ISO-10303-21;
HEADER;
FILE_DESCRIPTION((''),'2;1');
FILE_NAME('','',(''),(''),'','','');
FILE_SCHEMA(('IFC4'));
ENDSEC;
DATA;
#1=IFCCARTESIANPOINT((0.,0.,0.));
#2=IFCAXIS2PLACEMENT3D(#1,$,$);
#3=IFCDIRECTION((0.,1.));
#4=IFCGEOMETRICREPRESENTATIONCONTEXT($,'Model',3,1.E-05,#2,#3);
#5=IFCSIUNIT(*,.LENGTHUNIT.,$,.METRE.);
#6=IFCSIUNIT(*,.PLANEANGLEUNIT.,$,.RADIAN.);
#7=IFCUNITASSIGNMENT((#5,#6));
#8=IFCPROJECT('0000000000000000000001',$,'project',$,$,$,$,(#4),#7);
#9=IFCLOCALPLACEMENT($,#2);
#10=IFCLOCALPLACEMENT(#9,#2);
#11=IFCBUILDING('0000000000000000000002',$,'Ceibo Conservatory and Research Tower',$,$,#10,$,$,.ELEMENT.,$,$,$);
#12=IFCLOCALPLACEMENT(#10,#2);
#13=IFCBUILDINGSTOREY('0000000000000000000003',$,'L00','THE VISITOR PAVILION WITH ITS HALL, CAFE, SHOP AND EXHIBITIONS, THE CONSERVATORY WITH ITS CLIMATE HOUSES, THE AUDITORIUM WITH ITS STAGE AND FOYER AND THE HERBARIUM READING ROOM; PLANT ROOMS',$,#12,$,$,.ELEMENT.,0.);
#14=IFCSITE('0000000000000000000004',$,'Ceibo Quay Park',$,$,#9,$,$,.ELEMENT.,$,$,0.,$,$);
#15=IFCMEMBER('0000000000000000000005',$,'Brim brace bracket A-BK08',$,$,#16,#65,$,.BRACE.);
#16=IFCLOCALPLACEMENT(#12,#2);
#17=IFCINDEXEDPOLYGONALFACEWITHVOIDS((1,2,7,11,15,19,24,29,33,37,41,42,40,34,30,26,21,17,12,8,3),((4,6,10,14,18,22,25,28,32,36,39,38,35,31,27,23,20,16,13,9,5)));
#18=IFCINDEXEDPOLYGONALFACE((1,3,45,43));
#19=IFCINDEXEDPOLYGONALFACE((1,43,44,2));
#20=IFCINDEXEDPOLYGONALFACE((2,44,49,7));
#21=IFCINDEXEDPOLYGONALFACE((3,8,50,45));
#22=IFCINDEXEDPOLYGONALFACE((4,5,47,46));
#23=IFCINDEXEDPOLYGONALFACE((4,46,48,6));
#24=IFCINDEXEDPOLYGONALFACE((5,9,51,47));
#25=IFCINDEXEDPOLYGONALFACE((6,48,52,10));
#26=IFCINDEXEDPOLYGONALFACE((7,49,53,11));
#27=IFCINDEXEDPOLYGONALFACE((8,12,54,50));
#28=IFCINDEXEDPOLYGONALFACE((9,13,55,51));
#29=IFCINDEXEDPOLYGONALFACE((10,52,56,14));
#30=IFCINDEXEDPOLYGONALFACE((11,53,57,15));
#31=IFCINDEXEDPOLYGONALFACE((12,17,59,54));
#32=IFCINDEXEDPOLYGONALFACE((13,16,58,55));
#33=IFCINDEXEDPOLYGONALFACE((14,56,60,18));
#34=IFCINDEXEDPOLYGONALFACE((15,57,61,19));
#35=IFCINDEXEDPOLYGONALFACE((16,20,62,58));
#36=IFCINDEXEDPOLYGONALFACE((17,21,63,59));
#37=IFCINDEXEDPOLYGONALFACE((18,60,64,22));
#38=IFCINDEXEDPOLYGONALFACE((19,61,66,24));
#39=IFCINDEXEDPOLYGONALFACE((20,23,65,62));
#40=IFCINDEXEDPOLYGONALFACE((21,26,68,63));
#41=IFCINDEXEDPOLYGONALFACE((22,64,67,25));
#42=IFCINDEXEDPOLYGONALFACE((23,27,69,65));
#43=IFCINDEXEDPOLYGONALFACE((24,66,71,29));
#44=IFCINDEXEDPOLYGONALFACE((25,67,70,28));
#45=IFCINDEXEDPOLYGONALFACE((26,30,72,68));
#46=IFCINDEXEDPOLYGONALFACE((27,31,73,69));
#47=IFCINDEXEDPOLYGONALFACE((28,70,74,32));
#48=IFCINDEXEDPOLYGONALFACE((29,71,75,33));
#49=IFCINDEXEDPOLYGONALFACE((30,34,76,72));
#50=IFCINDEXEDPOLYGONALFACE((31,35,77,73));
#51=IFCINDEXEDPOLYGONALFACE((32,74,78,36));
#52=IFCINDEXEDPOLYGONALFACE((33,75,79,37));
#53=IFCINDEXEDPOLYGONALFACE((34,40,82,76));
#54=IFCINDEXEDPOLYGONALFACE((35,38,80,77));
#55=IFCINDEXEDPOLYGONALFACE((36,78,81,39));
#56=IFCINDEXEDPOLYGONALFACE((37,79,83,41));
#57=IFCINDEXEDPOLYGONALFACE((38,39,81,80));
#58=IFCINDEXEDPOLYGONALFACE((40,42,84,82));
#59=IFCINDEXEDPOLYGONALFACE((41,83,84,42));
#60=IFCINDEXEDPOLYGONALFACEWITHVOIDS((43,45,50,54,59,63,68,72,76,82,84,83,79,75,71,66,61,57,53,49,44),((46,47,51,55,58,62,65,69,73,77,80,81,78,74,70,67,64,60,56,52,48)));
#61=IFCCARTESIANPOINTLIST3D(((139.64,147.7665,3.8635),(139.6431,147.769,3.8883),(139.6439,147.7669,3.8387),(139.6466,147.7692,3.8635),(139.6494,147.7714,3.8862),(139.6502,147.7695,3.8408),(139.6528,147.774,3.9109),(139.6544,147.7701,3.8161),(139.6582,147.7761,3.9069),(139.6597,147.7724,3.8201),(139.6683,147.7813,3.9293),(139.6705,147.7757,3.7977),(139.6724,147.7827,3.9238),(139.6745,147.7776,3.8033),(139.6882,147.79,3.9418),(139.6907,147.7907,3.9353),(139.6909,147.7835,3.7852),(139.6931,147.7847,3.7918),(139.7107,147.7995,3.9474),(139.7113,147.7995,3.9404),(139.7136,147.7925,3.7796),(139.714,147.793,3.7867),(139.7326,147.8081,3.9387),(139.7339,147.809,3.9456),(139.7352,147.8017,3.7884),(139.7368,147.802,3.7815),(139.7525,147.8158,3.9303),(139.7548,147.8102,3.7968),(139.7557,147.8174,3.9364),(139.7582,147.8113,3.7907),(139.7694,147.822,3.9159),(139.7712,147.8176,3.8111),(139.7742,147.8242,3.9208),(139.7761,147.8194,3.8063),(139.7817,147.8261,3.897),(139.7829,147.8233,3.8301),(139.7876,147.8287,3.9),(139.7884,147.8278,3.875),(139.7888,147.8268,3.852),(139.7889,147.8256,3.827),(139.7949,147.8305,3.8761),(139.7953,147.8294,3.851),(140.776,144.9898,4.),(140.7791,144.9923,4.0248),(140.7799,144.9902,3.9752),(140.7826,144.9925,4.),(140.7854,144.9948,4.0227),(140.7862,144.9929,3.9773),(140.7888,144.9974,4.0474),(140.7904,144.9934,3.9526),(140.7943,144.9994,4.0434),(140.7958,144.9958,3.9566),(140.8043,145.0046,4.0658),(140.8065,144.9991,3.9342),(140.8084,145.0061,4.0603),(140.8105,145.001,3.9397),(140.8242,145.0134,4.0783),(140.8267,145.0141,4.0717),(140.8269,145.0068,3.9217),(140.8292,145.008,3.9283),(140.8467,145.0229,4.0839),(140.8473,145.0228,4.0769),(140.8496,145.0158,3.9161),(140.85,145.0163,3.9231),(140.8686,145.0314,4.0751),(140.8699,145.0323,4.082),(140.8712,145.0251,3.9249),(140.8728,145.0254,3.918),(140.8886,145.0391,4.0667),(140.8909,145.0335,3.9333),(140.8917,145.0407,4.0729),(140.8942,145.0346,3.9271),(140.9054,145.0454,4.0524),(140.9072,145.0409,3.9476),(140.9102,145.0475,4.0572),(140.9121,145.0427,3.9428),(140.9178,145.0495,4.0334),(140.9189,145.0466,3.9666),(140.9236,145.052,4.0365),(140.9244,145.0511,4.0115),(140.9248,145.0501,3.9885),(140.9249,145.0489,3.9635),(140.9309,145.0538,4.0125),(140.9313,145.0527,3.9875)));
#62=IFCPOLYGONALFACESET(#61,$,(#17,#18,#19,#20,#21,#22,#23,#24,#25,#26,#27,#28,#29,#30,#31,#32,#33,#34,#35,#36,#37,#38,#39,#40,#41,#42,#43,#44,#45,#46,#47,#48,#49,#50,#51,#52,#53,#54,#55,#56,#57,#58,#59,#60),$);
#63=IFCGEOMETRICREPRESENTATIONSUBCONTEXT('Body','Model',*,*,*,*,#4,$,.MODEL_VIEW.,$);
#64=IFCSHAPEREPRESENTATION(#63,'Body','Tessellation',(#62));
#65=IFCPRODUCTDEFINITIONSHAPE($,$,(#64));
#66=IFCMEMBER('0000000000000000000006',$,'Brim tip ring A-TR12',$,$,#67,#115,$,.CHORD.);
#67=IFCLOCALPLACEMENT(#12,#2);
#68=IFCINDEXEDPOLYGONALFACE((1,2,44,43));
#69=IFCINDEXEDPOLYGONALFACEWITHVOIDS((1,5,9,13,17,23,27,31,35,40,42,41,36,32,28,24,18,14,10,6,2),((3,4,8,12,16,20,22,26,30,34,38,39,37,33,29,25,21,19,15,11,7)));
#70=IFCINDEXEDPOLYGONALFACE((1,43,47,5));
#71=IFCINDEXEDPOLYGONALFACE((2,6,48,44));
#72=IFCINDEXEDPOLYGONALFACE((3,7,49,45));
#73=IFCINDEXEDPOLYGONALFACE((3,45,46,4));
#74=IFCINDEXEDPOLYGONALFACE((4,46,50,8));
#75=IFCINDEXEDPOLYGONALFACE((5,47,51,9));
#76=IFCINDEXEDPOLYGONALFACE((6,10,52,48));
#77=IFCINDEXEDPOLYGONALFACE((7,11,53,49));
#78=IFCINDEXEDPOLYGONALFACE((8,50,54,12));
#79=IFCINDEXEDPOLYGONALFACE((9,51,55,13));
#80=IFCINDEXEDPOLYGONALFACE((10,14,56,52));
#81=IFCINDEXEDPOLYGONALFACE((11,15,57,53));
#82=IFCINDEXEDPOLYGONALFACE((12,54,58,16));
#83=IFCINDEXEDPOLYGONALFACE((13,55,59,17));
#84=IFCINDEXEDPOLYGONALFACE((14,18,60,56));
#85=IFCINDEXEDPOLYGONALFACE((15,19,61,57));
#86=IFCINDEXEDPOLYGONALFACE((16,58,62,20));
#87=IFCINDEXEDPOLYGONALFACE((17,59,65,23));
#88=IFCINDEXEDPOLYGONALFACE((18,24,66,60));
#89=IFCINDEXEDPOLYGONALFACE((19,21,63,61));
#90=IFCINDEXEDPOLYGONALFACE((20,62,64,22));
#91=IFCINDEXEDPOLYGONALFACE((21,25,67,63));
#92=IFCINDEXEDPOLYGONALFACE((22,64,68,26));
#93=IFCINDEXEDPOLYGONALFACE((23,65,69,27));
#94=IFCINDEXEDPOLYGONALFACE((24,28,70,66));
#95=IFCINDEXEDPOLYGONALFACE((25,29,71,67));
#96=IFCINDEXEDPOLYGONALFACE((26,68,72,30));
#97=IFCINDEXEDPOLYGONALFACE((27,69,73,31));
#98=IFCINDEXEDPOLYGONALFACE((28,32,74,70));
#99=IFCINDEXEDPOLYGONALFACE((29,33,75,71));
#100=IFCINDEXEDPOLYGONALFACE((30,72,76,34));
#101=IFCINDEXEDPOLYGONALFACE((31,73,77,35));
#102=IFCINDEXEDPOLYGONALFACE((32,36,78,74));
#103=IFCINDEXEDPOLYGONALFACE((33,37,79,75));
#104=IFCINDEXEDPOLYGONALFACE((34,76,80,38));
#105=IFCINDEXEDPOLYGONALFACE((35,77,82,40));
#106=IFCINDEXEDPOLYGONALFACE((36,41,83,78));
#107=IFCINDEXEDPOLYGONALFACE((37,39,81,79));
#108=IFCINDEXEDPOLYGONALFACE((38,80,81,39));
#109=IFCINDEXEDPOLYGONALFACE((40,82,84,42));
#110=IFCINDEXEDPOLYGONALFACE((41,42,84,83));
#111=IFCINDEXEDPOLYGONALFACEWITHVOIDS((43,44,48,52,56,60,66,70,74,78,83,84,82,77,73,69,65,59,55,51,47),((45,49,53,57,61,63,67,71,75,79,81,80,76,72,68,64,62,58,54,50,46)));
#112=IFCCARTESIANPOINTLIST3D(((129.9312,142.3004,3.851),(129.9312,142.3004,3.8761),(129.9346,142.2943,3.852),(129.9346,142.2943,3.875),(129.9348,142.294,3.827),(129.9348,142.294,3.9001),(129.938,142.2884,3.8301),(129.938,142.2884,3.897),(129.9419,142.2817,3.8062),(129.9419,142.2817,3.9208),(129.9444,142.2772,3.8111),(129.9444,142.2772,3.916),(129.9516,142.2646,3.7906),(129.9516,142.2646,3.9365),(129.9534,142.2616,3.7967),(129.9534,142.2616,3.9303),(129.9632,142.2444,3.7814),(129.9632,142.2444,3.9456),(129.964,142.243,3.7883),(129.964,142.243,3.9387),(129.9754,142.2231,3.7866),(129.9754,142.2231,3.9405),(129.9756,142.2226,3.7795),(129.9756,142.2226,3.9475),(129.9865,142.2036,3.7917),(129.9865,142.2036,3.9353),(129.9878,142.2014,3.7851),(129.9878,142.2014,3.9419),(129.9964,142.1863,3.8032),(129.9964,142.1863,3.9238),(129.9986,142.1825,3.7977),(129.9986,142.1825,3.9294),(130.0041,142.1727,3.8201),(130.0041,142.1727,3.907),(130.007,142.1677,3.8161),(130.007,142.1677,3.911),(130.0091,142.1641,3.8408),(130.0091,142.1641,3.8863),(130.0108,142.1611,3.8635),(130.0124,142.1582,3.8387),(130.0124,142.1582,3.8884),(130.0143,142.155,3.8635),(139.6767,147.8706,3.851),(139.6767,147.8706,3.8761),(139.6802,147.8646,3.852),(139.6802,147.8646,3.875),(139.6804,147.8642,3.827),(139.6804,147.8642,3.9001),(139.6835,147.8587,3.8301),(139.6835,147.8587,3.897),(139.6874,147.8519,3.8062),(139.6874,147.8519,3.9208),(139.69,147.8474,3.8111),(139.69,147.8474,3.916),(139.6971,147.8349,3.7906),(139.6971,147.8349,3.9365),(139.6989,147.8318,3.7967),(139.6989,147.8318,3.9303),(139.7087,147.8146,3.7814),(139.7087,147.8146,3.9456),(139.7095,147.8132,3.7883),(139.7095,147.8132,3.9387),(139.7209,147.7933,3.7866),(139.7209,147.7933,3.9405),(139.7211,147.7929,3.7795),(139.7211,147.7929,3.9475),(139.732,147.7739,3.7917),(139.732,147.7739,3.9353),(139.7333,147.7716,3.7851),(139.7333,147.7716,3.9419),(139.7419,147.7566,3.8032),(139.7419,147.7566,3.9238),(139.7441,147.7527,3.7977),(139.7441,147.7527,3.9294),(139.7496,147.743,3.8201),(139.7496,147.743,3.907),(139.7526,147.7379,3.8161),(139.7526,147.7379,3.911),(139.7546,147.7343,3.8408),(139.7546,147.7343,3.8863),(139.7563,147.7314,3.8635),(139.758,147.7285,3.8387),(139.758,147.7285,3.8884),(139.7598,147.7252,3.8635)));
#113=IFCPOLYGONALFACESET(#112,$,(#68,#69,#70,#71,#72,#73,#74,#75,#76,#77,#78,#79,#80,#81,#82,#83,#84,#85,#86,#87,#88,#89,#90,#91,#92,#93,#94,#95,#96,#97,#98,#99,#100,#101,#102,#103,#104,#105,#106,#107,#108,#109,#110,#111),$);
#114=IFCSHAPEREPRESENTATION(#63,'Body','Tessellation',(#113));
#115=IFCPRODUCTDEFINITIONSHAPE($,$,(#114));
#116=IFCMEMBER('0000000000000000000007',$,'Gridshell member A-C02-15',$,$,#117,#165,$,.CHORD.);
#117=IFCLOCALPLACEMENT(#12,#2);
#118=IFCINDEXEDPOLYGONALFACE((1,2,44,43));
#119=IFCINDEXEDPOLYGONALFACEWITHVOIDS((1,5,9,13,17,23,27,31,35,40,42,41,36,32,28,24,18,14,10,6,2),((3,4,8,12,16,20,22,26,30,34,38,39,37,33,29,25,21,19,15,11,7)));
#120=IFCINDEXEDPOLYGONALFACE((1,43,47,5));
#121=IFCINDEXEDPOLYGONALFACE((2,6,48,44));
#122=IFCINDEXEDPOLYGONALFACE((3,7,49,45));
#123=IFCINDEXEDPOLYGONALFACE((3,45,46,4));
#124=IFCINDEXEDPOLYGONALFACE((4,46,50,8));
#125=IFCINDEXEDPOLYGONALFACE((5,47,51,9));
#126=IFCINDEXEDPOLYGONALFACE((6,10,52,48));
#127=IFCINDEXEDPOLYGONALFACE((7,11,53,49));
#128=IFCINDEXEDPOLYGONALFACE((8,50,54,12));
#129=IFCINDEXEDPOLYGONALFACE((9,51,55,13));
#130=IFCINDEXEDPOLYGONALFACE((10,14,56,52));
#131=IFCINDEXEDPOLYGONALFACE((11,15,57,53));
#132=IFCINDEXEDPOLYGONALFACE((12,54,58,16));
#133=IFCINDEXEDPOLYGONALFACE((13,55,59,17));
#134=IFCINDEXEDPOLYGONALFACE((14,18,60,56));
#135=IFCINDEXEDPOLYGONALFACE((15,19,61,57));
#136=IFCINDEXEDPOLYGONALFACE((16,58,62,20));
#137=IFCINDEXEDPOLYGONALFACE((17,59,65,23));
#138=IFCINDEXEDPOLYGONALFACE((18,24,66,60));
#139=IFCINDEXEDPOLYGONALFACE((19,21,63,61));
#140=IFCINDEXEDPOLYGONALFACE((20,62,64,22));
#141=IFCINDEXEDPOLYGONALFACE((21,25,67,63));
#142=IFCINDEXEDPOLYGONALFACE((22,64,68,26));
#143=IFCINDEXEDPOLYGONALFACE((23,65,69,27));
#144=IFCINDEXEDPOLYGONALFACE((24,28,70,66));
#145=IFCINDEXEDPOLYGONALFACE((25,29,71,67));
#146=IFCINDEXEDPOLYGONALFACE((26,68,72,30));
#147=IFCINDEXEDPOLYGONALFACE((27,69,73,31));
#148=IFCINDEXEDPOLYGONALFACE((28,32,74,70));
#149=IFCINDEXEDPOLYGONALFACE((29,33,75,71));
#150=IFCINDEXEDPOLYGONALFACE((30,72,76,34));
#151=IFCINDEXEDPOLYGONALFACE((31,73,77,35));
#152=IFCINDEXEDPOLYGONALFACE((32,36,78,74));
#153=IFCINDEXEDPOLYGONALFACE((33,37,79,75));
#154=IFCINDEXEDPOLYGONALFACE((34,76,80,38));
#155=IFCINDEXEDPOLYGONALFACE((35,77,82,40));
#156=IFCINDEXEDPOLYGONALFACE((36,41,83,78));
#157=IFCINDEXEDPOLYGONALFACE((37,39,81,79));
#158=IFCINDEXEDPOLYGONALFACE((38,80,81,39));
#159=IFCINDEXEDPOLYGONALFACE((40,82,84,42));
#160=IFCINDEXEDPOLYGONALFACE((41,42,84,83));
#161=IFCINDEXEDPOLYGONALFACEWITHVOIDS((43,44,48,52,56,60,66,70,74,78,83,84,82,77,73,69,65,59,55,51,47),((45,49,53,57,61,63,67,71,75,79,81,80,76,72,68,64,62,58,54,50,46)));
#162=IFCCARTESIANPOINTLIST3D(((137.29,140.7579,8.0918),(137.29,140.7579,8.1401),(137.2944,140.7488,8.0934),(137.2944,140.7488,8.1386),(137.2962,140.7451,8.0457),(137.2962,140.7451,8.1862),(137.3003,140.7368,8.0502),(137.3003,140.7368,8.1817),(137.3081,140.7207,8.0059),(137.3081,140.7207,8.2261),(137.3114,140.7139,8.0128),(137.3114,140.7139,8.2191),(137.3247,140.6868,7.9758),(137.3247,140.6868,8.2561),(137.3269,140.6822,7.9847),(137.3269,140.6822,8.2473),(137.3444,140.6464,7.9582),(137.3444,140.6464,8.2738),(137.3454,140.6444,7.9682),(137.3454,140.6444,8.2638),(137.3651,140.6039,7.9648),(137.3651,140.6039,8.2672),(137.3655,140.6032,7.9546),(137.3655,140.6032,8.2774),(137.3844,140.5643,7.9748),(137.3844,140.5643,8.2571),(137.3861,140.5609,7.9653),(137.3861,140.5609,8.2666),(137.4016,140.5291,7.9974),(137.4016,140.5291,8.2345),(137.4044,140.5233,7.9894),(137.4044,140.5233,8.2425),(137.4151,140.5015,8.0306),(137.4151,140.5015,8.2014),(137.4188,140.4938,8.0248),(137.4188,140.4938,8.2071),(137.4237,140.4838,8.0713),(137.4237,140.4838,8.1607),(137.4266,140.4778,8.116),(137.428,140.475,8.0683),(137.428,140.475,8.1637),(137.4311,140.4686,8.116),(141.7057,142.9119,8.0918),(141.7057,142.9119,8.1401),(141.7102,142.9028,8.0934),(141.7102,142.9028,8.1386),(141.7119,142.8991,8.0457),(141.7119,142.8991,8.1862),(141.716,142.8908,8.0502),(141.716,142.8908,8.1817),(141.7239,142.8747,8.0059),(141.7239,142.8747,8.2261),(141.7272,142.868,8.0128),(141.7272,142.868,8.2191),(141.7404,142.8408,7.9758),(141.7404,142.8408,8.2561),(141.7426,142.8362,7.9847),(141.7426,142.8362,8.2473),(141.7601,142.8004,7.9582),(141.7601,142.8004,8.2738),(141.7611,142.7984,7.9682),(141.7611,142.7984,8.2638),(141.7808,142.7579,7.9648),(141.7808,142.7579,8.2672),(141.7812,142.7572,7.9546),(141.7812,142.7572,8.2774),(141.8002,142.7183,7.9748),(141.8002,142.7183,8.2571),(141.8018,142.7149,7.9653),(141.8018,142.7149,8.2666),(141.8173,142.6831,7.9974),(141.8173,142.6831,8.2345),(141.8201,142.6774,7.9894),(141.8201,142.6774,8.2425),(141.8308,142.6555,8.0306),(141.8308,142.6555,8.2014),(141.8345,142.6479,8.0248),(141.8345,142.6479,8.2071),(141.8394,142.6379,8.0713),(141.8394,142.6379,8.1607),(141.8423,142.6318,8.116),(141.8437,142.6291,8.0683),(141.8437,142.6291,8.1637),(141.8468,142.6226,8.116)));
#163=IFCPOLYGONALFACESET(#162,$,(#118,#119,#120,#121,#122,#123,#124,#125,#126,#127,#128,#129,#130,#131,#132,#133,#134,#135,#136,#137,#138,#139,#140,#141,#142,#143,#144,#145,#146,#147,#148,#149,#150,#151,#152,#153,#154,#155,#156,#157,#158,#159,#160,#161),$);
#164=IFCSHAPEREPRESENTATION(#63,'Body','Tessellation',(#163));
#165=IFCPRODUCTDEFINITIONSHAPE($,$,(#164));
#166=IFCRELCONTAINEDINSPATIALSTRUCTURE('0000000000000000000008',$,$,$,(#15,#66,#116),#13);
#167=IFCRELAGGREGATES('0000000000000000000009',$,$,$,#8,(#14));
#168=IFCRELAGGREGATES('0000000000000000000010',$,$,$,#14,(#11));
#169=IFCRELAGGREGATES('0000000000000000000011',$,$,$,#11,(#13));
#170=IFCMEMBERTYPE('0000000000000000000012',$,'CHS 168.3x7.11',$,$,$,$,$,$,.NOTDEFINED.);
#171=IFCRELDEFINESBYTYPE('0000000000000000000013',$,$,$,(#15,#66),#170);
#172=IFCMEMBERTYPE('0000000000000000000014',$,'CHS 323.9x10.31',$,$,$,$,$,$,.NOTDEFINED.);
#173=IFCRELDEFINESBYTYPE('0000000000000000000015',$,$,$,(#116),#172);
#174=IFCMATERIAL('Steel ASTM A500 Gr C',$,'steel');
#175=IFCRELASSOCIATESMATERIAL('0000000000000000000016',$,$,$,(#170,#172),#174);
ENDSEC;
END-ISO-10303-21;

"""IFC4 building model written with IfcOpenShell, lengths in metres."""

from ifc_helpers import new_model, si_unit, direction, frame, origin, origin_2d, place, context, subcontext, project, spatial, hollow_circle, extrude, material, material_profile, profile_set, type_object, element, save


model = new_model("IFC4")

# Units and contexts
model_context = context("Model", 3, precision=1e-05, world=origin(), true_north=direction((0.0, 1.0)))
body_context = subcontext(model_context, "Body", "Model", "MODEL_VIEW")
ifc_project = project(units=[si_unit("LENGTHUNIT", "METRE"), si_unit("PLANEANGLEUNIT", "RADIAN")], contexts=[model_context])

# Site, building, storey
site_placement = place(None, origin())
site = spatial("IfcSite", under=ifc_project, at=site_placement, Name="Ceibo Quay Park", CompositionType="ELEMENT", RefElevation=0.0)
building_placement = place(site_placement, origin())
building = spatial("IfcBuilding", under=site, at=building_placement, Name="Ceibo Conservatory and Research Tower", CompositionType="ELEMENT")
storey_placement = place(building_placement, origin())
storey = spatial("IfcBuildingStorey", under=building, at=storey_placement, Name="L00", Description="THE VISITOR PAVILION WITH ITS HALL, CAFE, SHOP AND EXHIBITIONS, THE CONSERVATORY WITH ITS CLIMATE HOUSES, THE AUDITORIUM WITH ITS STAGE AND FOYER AND THE HERBARIUM READING ROOM; PLANT ROOMS", CompositionType="ELEMENT", Elevation=0.0)

# Members
ifc_material_1 = material(Name="Steel ASTM A500 Gr C", Category="steel")
ifc_material_profile_1 = material_profile(ifc_material_1, hollow_circle(Radius=0.0842, WallThickness=0.0071, at=origin_2d()), Name="CHS 168.3x7.11")
ifc_profile_set_1 = profile_set([ifc_material_profile_1], Name="Steel ASTM A500 Gr C")
member_type_1 = type_object("IfcMemberType", Name="CHS 168.3x7.11", PredefinedType="NOTDEFINED", material=ifc_profile_set_1)
member_1_placement = place(storey_placement, frame((140.854, 145.0217, 4.0), z_axis=(-0.37827, 0.924579, -0.045444), x_axis=(-0.925535, -0.378661, 0.0)))
element("IfcMember", 1, at=member_1_placement, inside=storey, type_object=member_type_1, Name="Brim brace bracket A-BK08", PredefinedType="BRACE", context=body_context, shape_type="SweptSolid", body=[
    extrude(hollow_circle(Radius=0.0842, WallThickness=0.0071, at=origin_2d()), origin(), (0.0, 0.0, 1.0), 3.0032),
])
member_2_placement = place(storey_placement, frame((139.718, 147.7983, 3.8635), z_axis=(-0.86819, -0.496233, 0.0), x_axis=(0.496233, -0.86819, 0.0)))
element("IfcMember", 2, at=member_2_placement, inside=storey, type_object=member_type_1, Name="Brim tip ring A-TR12", PredefinedType="CHORD", context=body_context, shape_type="SweptSolid", body=[
    extrude(hollow_circle(Radius=0.0842, WallThickness=0.0071, at=origin_2d()), origin(), (0.0, 0.0, 1.0), 11.2251),
])
ifc_material_profile_2 = material_profile(ifc_material_1, hollow_circle(Radius=0.1619, WallThickness=0.0103, at=origin_2d()), Name="CHS 323.9x10.31")
ifc_profile_set_2 = profile_set([ifc_material_profile_2], Name="Steel ASTM A500 Gr C")
member_type_2 = type_object("IfcMemberType", Name="CHS 323.9x10.31", PredefinedType="NOTDEFINED", material=ifc_profile_set_2)
member_3_placement = place(storey_placement, frame((141.7759, 142.7681, 8.116), z_axis=(-0.898767, -0.438427, 0.0), x_axis=(0.438427, -0.898767, 0.0)))
element("IfcMember", 3, at=member_3_placement, inside=storey, type_object=member_type_2, Name="Gridshell member A-C02-15", PredefinedType="CHORD", context=body_context, shape_type="SweptSolid", body=[
    extrude(hollow_circle(Radius=0.1619, WallThickness=0.0103, at=origin_2d()), origin(), (0.0, 0.0, 1.0), 4.9131),
])

save(model, "model.ifc")
